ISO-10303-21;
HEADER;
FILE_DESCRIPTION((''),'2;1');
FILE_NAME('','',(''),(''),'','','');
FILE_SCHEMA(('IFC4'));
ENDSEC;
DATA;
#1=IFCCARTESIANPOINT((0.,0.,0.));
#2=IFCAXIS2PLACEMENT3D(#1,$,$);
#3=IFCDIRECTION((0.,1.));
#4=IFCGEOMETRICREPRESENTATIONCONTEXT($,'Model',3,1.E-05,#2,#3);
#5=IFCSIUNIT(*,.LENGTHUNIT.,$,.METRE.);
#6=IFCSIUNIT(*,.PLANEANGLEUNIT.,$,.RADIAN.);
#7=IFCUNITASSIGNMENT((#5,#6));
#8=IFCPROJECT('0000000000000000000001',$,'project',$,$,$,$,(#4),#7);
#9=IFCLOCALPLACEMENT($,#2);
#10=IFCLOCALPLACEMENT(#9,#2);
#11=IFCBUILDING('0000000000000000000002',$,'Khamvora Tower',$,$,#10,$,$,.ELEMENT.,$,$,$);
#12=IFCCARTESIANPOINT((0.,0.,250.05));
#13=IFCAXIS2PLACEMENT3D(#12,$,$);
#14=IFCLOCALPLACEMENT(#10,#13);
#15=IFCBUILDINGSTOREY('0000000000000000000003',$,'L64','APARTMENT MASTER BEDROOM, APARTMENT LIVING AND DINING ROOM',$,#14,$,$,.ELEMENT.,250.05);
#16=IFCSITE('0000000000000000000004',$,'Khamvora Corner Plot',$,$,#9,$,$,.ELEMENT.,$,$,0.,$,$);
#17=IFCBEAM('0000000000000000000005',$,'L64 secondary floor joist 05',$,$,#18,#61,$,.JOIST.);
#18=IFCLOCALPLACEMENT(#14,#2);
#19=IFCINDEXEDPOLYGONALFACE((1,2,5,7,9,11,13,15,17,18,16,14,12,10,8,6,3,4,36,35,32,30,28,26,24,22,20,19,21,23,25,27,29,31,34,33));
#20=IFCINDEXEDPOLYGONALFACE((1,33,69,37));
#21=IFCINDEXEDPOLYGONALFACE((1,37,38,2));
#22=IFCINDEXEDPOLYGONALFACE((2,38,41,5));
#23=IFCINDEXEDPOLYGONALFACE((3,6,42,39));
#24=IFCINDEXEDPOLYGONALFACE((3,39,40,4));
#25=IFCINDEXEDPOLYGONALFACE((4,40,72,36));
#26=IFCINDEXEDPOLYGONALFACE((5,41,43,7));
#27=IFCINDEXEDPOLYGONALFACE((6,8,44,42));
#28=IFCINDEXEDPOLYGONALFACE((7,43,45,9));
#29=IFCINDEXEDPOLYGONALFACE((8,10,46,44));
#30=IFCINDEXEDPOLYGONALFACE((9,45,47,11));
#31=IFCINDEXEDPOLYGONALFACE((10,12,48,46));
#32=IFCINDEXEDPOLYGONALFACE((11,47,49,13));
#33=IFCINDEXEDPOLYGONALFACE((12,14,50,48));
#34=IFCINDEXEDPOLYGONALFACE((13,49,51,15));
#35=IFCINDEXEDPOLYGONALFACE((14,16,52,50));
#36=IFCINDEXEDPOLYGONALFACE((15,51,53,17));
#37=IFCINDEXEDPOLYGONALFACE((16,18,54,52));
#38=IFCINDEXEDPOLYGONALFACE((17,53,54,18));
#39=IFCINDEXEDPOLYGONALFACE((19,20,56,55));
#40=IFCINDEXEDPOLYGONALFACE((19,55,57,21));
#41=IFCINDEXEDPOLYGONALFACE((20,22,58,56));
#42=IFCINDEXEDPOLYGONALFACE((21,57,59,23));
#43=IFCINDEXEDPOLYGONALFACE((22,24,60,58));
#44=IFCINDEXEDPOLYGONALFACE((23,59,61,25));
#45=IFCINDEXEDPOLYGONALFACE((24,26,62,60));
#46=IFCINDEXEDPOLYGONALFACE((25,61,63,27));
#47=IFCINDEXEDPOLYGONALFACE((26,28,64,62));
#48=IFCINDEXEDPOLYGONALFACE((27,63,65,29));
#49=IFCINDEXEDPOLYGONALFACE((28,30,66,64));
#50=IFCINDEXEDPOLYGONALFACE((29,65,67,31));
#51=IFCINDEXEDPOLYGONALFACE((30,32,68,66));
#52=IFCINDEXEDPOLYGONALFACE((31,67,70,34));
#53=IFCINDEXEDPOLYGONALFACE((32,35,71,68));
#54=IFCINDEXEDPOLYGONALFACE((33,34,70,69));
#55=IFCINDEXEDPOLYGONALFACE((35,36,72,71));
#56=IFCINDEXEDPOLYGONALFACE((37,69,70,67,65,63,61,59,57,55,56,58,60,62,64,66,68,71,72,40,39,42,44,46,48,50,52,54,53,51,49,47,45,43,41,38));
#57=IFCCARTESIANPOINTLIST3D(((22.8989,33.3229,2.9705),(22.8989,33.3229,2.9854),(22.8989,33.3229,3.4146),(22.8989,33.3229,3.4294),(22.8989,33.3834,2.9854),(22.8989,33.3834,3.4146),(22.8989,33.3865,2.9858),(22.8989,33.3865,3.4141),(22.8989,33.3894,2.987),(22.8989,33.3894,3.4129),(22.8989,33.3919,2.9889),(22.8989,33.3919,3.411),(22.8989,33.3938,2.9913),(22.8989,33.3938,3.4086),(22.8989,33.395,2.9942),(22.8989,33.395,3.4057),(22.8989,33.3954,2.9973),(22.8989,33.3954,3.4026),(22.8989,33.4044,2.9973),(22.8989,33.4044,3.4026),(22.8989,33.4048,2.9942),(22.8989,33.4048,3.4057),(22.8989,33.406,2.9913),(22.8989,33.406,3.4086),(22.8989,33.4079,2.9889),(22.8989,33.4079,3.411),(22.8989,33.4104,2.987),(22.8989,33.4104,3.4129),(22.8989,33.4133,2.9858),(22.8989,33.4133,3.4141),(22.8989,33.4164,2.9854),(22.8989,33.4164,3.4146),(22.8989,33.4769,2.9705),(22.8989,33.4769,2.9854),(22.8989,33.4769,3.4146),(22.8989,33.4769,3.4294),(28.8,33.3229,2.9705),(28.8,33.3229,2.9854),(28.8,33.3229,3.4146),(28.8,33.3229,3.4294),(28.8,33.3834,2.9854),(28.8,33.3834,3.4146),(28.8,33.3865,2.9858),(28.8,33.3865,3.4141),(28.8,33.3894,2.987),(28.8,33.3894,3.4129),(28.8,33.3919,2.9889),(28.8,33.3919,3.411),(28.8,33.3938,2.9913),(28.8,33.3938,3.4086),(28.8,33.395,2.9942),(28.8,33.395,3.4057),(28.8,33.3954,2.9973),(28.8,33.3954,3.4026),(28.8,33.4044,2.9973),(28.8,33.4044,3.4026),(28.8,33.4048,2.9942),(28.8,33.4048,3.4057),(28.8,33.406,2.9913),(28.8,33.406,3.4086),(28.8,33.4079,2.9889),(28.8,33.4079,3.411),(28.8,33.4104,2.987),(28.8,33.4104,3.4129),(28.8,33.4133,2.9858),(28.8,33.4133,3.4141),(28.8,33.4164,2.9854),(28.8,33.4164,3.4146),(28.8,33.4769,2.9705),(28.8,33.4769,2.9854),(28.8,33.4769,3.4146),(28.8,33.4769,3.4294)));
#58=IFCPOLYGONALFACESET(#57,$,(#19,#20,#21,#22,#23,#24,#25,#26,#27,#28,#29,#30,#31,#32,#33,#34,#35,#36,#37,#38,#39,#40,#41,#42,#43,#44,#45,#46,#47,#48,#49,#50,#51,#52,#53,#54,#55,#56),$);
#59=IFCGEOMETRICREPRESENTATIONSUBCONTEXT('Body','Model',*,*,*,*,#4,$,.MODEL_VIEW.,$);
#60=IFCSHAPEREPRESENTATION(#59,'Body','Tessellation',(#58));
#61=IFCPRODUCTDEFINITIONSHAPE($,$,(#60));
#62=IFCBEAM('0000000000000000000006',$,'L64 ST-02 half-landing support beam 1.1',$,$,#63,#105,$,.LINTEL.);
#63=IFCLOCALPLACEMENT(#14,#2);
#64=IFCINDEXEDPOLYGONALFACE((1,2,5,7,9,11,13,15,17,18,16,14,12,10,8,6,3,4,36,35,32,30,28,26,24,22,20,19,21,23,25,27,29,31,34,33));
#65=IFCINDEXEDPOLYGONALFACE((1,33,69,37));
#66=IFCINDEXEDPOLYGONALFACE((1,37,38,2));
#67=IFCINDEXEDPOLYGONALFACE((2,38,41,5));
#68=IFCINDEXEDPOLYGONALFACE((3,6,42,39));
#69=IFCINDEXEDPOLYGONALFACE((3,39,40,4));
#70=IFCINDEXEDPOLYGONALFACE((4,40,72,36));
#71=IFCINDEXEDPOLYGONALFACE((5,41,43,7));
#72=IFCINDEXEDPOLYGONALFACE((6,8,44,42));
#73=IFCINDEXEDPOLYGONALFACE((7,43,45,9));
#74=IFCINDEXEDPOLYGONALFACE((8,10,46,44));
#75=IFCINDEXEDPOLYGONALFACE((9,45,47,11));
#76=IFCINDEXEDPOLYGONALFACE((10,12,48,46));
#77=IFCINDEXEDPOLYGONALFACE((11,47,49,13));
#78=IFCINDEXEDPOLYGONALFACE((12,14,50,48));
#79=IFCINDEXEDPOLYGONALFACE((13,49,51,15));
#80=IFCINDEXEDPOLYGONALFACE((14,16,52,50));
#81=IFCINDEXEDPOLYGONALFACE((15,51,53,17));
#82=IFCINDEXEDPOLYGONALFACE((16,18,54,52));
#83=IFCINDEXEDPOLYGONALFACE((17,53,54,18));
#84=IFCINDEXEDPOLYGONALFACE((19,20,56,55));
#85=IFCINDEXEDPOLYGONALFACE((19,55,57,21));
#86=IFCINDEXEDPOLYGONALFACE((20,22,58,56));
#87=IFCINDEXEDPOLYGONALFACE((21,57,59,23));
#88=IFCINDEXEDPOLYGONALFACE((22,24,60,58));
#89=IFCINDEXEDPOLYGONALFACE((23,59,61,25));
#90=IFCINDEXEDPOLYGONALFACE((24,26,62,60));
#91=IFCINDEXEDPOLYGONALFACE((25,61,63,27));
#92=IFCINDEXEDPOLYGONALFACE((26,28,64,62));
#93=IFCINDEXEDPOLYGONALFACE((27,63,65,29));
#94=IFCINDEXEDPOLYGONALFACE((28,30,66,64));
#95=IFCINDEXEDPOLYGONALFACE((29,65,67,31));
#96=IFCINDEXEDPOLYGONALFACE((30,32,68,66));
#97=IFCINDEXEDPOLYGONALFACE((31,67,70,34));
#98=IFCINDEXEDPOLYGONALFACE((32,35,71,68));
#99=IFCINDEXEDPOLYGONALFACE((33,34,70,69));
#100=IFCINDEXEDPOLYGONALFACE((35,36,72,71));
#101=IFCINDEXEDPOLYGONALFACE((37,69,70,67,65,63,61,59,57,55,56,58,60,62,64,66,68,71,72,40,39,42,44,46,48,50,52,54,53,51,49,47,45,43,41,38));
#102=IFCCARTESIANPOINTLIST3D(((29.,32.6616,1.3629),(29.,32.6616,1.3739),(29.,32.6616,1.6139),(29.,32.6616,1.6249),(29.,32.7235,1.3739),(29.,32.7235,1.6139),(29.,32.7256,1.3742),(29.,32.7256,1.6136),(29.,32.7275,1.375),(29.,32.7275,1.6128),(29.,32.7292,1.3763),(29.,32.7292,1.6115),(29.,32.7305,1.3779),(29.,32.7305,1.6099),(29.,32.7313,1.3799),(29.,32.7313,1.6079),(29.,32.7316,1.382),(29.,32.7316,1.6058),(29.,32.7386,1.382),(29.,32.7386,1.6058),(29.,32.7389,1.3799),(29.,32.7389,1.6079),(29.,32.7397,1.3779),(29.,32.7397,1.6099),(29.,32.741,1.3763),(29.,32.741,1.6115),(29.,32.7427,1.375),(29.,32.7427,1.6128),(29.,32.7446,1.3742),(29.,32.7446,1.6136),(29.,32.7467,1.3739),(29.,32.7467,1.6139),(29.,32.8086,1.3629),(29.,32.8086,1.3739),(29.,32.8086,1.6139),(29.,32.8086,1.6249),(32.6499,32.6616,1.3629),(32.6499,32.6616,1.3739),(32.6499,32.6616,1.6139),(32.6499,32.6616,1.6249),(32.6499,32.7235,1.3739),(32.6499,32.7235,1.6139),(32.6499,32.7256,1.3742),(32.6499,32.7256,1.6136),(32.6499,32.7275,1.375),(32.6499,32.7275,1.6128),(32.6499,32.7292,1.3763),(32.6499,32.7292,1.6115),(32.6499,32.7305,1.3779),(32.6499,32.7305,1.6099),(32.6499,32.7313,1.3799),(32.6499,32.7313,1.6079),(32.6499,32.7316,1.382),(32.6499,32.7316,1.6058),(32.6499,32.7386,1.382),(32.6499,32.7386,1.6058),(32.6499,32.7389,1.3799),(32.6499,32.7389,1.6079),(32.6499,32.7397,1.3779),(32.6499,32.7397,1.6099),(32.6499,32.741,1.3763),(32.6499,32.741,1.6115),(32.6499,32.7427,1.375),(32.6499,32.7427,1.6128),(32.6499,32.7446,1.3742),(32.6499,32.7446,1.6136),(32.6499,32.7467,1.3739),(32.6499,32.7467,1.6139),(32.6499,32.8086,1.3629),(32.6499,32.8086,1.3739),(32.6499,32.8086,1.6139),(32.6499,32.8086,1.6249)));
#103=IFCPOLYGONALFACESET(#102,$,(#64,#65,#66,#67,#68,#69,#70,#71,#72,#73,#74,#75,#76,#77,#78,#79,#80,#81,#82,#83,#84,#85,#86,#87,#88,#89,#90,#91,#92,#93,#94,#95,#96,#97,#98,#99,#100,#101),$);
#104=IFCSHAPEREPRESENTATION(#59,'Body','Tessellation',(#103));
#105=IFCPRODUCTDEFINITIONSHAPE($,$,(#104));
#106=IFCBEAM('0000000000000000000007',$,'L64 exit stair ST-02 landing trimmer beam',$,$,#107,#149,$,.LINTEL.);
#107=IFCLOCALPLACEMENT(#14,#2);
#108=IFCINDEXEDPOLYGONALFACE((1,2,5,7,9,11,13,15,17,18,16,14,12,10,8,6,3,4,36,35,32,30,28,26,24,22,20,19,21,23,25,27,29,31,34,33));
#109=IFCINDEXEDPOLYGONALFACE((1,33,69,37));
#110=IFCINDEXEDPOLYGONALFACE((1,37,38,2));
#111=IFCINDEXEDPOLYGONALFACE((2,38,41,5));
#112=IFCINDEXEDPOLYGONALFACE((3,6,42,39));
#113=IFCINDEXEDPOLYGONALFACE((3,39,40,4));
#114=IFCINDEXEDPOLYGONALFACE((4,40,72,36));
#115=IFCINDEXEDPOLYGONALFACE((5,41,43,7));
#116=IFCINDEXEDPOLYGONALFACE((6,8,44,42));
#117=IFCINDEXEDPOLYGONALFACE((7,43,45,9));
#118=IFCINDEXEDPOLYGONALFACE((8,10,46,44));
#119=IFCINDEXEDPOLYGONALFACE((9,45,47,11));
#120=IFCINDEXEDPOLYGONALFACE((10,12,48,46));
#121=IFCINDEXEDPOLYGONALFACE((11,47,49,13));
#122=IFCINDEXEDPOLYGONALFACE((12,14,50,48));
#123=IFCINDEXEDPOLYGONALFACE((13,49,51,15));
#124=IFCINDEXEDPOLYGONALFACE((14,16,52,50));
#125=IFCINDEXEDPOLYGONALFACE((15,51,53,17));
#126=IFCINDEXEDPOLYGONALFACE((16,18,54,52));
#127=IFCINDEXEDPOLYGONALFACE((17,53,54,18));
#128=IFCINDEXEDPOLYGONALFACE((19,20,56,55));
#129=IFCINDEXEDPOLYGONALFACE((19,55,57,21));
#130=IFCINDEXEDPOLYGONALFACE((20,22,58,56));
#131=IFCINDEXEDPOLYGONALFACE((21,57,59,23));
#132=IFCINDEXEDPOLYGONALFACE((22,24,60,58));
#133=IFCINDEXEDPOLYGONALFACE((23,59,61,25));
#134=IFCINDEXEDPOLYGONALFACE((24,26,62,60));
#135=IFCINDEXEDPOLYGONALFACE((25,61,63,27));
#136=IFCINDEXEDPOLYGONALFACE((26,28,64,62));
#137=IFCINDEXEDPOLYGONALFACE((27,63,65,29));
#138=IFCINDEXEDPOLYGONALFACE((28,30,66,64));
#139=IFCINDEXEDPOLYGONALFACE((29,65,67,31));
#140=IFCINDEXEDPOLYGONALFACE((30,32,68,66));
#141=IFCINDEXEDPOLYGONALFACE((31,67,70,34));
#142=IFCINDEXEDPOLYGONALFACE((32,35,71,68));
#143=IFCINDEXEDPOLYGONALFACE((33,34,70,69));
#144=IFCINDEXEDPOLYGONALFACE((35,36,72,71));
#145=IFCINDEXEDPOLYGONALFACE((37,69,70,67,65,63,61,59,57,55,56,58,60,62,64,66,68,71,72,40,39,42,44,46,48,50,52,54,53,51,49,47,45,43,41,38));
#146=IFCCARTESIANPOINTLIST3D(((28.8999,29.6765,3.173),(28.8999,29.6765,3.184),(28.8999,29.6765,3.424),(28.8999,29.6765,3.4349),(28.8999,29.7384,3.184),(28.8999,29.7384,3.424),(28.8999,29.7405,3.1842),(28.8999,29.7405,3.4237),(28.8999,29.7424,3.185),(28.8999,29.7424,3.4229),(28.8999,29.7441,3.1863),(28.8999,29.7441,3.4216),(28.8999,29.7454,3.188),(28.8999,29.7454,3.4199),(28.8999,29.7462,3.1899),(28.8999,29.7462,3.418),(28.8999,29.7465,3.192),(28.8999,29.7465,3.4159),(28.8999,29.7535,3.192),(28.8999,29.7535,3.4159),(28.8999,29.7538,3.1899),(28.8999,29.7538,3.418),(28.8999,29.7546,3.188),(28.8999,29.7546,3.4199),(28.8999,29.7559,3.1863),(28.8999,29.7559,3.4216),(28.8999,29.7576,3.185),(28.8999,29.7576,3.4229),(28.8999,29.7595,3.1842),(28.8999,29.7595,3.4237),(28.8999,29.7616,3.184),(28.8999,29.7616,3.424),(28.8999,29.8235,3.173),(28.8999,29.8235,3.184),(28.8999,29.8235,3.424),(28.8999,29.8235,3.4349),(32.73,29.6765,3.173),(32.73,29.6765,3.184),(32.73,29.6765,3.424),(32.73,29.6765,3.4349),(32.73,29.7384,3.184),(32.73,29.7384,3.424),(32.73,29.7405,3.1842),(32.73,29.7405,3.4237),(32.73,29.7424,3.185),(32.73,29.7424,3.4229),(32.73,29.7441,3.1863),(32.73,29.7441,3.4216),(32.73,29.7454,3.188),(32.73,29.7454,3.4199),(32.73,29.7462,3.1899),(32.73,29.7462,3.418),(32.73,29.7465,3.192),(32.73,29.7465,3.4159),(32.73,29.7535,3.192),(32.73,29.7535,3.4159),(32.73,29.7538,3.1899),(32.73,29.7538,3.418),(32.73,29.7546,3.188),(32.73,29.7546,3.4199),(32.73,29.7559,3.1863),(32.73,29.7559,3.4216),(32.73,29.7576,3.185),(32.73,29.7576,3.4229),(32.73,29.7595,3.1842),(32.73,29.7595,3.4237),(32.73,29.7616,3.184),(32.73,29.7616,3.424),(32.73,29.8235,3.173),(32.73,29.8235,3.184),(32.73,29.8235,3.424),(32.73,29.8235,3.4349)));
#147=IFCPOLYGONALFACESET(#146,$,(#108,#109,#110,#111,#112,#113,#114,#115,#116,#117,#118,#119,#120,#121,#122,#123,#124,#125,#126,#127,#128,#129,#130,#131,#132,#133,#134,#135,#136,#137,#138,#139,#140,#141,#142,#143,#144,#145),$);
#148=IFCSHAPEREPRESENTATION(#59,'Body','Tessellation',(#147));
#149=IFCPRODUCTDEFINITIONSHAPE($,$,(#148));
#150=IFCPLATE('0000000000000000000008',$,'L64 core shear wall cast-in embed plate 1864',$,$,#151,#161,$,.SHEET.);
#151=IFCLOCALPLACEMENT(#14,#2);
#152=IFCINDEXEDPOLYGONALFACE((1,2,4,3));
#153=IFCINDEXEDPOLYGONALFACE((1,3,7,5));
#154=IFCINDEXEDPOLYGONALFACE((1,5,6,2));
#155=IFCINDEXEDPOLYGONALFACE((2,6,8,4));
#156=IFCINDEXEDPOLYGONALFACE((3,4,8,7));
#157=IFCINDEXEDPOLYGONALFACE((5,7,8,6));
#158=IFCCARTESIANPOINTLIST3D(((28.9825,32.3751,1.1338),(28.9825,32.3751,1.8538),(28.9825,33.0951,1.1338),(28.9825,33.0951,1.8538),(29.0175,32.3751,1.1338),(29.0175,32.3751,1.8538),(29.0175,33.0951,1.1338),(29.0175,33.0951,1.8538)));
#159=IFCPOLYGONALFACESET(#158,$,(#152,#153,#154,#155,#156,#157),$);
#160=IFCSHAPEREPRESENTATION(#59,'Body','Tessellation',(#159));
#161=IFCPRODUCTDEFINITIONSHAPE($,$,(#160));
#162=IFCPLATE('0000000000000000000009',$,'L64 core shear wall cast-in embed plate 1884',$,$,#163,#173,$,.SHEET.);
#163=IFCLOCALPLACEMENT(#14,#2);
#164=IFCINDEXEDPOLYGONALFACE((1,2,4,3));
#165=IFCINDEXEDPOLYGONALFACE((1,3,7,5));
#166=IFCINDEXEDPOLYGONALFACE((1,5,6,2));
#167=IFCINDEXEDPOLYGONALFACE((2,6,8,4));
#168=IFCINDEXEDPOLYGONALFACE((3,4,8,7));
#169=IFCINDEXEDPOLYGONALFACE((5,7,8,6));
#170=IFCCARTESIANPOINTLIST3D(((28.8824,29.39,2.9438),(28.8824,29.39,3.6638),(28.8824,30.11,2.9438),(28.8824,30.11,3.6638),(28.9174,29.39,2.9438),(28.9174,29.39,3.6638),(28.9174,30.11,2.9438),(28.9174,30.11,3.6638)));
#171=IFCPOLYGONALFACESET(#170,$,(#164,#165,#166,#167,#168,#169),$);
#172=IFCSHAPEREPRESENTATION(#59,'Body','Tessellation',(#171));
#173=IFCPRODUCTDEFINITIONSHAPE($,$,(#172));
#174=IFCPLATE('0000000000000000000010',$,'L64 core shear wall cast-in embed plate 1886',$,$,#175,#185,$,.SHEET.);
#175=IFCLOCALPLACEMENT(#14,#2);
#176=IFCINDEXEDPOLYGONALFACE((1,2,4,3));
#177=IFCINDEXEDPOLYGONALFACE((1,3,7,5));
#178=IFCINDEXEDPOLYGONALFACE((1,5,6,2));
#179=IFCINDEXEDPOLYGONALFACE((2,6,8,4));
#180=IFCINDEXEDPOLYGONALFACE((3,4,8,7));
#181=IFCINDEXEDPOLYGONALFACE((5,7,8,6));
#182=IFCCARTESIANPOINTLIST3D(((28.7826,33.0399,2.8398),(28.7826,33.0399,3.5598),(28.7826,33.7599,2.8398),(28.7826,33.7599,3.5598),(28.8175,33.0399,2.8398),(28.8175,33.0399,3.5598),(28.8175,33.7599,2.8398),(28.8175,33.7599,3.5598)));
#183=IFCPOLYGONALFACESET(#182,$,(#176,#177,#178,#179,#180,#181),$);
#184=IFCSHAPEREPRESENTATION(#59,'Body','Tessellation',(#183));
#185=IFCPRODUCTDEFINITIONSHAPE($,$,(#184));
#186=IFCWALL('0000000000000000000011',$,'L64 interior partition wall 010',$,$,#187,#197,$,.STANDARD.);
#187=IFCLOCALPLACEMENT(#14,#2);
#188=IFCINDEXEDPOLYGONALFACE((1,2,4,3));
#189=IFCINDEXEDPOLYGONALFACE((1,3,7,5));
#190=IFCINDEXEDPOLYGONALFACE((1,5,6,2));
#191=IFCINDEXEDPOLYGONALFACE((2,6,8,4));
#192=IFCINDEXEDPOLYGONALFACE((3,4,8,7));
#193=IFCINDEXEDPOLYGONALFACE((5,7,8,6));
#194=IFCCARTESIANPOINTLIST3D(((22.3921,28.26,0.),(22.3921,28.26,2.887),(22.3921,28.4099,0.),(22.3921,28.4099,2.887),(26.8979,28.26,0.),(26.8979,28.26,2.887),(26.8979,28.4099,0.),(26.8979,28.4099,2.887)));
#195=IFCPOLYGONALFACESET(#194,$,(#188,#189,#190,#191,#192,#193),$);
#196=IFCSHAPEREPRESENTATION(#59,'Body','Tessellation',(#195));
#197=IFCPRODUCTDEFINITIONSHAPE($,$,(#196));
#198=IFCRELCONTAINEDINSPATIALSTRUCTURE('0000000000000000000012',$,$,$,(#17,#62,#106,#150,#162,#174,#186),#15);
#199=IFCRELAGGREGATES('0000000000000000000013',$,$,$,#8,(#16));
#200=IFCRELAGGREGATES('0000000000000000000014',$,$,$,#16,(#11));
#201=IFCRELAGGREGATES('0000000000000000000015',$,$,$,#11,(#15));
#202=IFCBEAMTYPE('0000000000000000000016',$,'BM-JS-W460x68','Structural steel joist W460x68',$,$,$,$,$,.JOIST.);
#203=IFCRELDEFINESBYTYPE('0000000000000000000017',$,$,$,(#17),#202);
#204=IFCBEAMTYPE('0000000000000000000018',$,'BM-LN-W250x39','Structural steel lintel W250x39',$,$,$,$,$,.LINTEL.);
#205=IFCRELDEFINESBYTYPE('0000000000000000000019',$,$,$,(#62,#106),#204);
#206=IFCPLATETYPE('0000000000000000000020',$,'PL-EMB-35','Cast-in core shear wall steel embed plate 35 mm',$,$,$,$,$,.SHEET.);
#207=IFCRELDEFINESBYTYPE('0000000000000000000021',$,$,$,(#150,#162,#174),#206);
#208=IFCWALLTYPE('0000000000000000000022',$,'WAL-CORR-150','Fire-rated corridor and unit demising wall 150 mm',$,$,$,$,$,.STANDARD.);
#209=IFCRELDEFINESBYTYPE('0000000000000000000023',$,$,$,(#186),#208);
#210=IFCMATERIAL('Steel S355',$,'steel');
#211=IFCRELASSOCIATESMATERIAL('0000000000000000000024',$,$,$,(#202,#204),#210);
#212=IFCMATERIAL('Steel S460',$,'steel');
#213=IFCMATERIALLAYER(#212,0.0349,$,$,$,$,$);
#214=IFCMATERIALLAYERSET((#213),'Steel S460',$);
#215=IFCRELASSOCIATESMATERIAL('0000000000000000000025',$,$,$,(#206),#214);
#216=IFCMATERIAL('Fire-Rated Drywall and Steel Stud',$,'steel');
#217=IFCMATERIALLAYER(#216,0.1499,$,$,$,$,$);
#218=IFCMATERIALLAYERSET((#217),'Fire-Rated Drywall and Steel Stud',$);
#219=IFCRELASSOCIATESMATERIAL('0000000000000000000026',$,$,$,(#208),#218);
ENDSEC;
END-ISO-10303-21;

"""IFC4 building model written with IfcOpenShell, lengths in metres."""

from ifc_helpers import new_model, si_unit, direction, frame, frame_2d, origin, origin_2d, place, context, subcontext, project, spatial, rectangle, i_section, extrude, material, layer, layer_set, material_profile, profile_set, type_object, element, save


model = new_model("IFC4")

# Units and contexts
model_context = context("Model", 3, precision=1e-05, world=origin(), true_north=direction((0.0, 1.0)))
body_context = subcontext(model_context, "Body", "Model", "MODEL_VIEW")
ifc_project = project(units=[si_unit("LENGTHUNIT", "METRE"), si_unit("PLANEANGLEUNIT", "RADIAN")], contexts=[model_context])

# Site, building, storey
site_placement = place(None, origin())
site = spatial("IfcSite", under=ifc_project, at=site_placement, Name="Khamvora Corner Plot", CompositionType="ELEMENT", RefElevation=0.0)
building_placement = place(site_placement, origin())
building = spatial("IfcBuilding", under=site, at=building_placement, Name="Khamvora Tower", CompositionType="ELEMENT")
storey_placement = place(building_placement, frame((0.0, 0.0, 250.05)))
storey = spatial("IfcBuildingStorey", under=building, at=storey_placement, Name="L64", Description="APARTMENT MASTER BEDROOM, APARTMENT LIVING AND DINING ROOM", CompositionType="ELEMENT", Elevation=250.05)

# Beams
ifc_material_1 = material(Name="Steel S355", Category="steel")
ifc_material_profile_1 = material_profile(ifc_material_1, i_section(OverallWidth=0.1541, OverallDepth=0.459, WebThickness=0.009, FlangeThickness=0.0149, FilletRadius=0.012, at=origin_2d()), Name="W460x68")
ifc_profile_set_1 = profile_set([ifc_material_profile_1], Name="Steel S355")
beam_type_1 = type_object("IfcBeamType", Name="BM-JS-W460x68", Description="Structural steel joist W460x68", PredefinedType="JOIST", material=ifc_profile_set_1)
beam_1_placement = place(storey_placement, frame((22.8989, 33.3999, 3.2), z_axis=(1.0, 0.0, 0.0), x_axis=(0.0, 1.0, 0.0)))
element("IfcBeam", 1, at=beam_1_placement, inside=storey, type_object=beam_type_1, Name="L64 secondary floor joist 05", PredefinedType="JOIST", context=body_context, shape_type="SweptSolid", body=[
    extrude(i_section(OverallWidth=0.1541, OverallDepth=0.459, WebThickness=0.009, FlangeThickness=0.0149, FilletRadius=0.012, at=origin_2d()), origin(), (0.0, 0.0, 1.0), 5.9011),
])
ifc_material_profile_2 = material_profile(ifc_material_1, i_section(OverallWidth=0.147, OverallDepth=0.262, WebThickness=0.0071, FlangeThickness=0.011, FilletRadius=0.0081, at=origin_2d()), Name="W250x39")
ifc_profile_set_2 = profile_set([ifc_material_profile_2], Name="Steel S355")
beam_type_2 = type_object("IfcBeamType", Name="BM-LN-W250x39", Description="Structural steel lintel W250x39", PredefinedType="LINTEL", material=ifc_profile_set_2)
beam_2_placement = place(storey_placement, frame((29.0, 32.7351, 1.4939), z_axis=(1.0, 0.0, 0.0), x_axis=(0.0, 1.0, 0.0)))
element("IfcBeam", 2, at=beam_2_placement, inside=storey, type_object=beam_type_2, Name="L64 ST-02 half-landing support beam 1.1", PredefinedType="LINTEL", context=body_context, shape_type="SweptSolid", body=[
    extrude(i_section(OverallWidth=0.147, OverallDepth=0.262, WebThickness=0.0071, FlangeThickness=0.011, FilletRadius=0.0081, at=origin_2d()), origin(), (0.0, 0.0, 1.0), 3.6499),
])
beam_3_placement = place(storey_placement, frame((28.8999, 29.75, 3.304), z_axis=(1.0, 0.0, 0.0), x_axis=(0.0, 1.0, 0.0)))
element("IfcBeam", 3, at=beam_3_placement, inside=storey, type_object=beam_type_2, Name="L64 exit stair ST-02 landing trimmer beam", PredefinedType="LINTEL", context=body_context, shape_type="SweptSolid", body=[
    extrude(i_section(OverallWidth=0.147, OverallDepth=0.262, WebThickness=0.0071, FlangeThickness=0.011, FilletRadius=0.0081, at=origin_2d()), origin(), (0.0, 0.0, 1.0), 3.8301),
])

# Plates
ifc_material_2 = material(Name="Steel S460", Category="steel")
ifc_layer_1 = layer(ifc_material_2, 0.0349)
ifc_layer_set_1 = layer_set([ifc_layer_1], Name="Steel S460")
plate_type = type_object("IfcPlateType", Name="PL-EMB-35", Description="Cast-in core shear wall steel embed plate 35 mm", PredefinedType="SHEET", material=ifc_layer_set_1)
for number, where, z_axis, x_axis, name in (
    (4, (29.0, 32.7351, 1.1338), (0.0, 0.0, 1.0), (1.0, 0.0, 0.0), "L64 core shear wall cast-in embed plate 1864"),
    (5, (28.8999, 29.75, 2.9438), (0.0, 0.0, 1.0), (1.0, 0.0, 0.0), "L64 core shear wall cast-in embed plate 1884"),
    (6, (28.8, 33.3999, 2.8398), (0.0, 0.0, 1.0), (1.0, 0.0, 0.0), "L64 core shear wall cast-in embed plate 1886"),
):
    element("IfcPlate", number, at=place(storey_placement, frame(where, z_axis=z_axis, x_axis=x_axis)), inside=storey, type_object=plate_type, Name=name, PredefinedType="SHEET", context=body_context, shape_type="SweptSolid", body=[
        extrude(rectangle(XDim=0.0349, YDim=0.72, at=origin_2d()), origin(), (0.0, 0.0, 1.0), 0.72),
    ])

# Wall
ifc_material_3 = material(Name="Fire-Rated Drywall and Steel Stud", Category="steel")
ifc_layer_2 = layer(ifc_material_3, 0.1499)
ifc_layer_set_2 = layer_set([ifc_layer_2], Name="Fire-Rated Drywall and Steel Stud")
wall_type_1 = type_object("IfcWallType", Name="WAL-CORR-150", Description="Fire-rated corridor and unit demising wall 150 mm", PredefinedType="STANDARD", material=ifc_layer_set_2)
wall_1_placement = place(storey_placement, frame((26.8979, 28.335, 0.0), z_axis=(0.0, 0.0, 1.0), x_axis=(-1.0, 0.0, 0.0)))
element("IfcWall", 7, at=wall_1_placement, inside=storey, type_object=wall_type_1, Name="L64 interior partition wall 010", PredefinedType="STANDARD", context=body_context, shape_type="SweptSolid", body=[
    extrude(rectangle(XDim=4.5059, YDim=0.1499, at=frame_2d((2.2529, 0.0))), origin(), (0.0, 0.0, 1.0), 2.887),
])

save(model, "model.ifc")
